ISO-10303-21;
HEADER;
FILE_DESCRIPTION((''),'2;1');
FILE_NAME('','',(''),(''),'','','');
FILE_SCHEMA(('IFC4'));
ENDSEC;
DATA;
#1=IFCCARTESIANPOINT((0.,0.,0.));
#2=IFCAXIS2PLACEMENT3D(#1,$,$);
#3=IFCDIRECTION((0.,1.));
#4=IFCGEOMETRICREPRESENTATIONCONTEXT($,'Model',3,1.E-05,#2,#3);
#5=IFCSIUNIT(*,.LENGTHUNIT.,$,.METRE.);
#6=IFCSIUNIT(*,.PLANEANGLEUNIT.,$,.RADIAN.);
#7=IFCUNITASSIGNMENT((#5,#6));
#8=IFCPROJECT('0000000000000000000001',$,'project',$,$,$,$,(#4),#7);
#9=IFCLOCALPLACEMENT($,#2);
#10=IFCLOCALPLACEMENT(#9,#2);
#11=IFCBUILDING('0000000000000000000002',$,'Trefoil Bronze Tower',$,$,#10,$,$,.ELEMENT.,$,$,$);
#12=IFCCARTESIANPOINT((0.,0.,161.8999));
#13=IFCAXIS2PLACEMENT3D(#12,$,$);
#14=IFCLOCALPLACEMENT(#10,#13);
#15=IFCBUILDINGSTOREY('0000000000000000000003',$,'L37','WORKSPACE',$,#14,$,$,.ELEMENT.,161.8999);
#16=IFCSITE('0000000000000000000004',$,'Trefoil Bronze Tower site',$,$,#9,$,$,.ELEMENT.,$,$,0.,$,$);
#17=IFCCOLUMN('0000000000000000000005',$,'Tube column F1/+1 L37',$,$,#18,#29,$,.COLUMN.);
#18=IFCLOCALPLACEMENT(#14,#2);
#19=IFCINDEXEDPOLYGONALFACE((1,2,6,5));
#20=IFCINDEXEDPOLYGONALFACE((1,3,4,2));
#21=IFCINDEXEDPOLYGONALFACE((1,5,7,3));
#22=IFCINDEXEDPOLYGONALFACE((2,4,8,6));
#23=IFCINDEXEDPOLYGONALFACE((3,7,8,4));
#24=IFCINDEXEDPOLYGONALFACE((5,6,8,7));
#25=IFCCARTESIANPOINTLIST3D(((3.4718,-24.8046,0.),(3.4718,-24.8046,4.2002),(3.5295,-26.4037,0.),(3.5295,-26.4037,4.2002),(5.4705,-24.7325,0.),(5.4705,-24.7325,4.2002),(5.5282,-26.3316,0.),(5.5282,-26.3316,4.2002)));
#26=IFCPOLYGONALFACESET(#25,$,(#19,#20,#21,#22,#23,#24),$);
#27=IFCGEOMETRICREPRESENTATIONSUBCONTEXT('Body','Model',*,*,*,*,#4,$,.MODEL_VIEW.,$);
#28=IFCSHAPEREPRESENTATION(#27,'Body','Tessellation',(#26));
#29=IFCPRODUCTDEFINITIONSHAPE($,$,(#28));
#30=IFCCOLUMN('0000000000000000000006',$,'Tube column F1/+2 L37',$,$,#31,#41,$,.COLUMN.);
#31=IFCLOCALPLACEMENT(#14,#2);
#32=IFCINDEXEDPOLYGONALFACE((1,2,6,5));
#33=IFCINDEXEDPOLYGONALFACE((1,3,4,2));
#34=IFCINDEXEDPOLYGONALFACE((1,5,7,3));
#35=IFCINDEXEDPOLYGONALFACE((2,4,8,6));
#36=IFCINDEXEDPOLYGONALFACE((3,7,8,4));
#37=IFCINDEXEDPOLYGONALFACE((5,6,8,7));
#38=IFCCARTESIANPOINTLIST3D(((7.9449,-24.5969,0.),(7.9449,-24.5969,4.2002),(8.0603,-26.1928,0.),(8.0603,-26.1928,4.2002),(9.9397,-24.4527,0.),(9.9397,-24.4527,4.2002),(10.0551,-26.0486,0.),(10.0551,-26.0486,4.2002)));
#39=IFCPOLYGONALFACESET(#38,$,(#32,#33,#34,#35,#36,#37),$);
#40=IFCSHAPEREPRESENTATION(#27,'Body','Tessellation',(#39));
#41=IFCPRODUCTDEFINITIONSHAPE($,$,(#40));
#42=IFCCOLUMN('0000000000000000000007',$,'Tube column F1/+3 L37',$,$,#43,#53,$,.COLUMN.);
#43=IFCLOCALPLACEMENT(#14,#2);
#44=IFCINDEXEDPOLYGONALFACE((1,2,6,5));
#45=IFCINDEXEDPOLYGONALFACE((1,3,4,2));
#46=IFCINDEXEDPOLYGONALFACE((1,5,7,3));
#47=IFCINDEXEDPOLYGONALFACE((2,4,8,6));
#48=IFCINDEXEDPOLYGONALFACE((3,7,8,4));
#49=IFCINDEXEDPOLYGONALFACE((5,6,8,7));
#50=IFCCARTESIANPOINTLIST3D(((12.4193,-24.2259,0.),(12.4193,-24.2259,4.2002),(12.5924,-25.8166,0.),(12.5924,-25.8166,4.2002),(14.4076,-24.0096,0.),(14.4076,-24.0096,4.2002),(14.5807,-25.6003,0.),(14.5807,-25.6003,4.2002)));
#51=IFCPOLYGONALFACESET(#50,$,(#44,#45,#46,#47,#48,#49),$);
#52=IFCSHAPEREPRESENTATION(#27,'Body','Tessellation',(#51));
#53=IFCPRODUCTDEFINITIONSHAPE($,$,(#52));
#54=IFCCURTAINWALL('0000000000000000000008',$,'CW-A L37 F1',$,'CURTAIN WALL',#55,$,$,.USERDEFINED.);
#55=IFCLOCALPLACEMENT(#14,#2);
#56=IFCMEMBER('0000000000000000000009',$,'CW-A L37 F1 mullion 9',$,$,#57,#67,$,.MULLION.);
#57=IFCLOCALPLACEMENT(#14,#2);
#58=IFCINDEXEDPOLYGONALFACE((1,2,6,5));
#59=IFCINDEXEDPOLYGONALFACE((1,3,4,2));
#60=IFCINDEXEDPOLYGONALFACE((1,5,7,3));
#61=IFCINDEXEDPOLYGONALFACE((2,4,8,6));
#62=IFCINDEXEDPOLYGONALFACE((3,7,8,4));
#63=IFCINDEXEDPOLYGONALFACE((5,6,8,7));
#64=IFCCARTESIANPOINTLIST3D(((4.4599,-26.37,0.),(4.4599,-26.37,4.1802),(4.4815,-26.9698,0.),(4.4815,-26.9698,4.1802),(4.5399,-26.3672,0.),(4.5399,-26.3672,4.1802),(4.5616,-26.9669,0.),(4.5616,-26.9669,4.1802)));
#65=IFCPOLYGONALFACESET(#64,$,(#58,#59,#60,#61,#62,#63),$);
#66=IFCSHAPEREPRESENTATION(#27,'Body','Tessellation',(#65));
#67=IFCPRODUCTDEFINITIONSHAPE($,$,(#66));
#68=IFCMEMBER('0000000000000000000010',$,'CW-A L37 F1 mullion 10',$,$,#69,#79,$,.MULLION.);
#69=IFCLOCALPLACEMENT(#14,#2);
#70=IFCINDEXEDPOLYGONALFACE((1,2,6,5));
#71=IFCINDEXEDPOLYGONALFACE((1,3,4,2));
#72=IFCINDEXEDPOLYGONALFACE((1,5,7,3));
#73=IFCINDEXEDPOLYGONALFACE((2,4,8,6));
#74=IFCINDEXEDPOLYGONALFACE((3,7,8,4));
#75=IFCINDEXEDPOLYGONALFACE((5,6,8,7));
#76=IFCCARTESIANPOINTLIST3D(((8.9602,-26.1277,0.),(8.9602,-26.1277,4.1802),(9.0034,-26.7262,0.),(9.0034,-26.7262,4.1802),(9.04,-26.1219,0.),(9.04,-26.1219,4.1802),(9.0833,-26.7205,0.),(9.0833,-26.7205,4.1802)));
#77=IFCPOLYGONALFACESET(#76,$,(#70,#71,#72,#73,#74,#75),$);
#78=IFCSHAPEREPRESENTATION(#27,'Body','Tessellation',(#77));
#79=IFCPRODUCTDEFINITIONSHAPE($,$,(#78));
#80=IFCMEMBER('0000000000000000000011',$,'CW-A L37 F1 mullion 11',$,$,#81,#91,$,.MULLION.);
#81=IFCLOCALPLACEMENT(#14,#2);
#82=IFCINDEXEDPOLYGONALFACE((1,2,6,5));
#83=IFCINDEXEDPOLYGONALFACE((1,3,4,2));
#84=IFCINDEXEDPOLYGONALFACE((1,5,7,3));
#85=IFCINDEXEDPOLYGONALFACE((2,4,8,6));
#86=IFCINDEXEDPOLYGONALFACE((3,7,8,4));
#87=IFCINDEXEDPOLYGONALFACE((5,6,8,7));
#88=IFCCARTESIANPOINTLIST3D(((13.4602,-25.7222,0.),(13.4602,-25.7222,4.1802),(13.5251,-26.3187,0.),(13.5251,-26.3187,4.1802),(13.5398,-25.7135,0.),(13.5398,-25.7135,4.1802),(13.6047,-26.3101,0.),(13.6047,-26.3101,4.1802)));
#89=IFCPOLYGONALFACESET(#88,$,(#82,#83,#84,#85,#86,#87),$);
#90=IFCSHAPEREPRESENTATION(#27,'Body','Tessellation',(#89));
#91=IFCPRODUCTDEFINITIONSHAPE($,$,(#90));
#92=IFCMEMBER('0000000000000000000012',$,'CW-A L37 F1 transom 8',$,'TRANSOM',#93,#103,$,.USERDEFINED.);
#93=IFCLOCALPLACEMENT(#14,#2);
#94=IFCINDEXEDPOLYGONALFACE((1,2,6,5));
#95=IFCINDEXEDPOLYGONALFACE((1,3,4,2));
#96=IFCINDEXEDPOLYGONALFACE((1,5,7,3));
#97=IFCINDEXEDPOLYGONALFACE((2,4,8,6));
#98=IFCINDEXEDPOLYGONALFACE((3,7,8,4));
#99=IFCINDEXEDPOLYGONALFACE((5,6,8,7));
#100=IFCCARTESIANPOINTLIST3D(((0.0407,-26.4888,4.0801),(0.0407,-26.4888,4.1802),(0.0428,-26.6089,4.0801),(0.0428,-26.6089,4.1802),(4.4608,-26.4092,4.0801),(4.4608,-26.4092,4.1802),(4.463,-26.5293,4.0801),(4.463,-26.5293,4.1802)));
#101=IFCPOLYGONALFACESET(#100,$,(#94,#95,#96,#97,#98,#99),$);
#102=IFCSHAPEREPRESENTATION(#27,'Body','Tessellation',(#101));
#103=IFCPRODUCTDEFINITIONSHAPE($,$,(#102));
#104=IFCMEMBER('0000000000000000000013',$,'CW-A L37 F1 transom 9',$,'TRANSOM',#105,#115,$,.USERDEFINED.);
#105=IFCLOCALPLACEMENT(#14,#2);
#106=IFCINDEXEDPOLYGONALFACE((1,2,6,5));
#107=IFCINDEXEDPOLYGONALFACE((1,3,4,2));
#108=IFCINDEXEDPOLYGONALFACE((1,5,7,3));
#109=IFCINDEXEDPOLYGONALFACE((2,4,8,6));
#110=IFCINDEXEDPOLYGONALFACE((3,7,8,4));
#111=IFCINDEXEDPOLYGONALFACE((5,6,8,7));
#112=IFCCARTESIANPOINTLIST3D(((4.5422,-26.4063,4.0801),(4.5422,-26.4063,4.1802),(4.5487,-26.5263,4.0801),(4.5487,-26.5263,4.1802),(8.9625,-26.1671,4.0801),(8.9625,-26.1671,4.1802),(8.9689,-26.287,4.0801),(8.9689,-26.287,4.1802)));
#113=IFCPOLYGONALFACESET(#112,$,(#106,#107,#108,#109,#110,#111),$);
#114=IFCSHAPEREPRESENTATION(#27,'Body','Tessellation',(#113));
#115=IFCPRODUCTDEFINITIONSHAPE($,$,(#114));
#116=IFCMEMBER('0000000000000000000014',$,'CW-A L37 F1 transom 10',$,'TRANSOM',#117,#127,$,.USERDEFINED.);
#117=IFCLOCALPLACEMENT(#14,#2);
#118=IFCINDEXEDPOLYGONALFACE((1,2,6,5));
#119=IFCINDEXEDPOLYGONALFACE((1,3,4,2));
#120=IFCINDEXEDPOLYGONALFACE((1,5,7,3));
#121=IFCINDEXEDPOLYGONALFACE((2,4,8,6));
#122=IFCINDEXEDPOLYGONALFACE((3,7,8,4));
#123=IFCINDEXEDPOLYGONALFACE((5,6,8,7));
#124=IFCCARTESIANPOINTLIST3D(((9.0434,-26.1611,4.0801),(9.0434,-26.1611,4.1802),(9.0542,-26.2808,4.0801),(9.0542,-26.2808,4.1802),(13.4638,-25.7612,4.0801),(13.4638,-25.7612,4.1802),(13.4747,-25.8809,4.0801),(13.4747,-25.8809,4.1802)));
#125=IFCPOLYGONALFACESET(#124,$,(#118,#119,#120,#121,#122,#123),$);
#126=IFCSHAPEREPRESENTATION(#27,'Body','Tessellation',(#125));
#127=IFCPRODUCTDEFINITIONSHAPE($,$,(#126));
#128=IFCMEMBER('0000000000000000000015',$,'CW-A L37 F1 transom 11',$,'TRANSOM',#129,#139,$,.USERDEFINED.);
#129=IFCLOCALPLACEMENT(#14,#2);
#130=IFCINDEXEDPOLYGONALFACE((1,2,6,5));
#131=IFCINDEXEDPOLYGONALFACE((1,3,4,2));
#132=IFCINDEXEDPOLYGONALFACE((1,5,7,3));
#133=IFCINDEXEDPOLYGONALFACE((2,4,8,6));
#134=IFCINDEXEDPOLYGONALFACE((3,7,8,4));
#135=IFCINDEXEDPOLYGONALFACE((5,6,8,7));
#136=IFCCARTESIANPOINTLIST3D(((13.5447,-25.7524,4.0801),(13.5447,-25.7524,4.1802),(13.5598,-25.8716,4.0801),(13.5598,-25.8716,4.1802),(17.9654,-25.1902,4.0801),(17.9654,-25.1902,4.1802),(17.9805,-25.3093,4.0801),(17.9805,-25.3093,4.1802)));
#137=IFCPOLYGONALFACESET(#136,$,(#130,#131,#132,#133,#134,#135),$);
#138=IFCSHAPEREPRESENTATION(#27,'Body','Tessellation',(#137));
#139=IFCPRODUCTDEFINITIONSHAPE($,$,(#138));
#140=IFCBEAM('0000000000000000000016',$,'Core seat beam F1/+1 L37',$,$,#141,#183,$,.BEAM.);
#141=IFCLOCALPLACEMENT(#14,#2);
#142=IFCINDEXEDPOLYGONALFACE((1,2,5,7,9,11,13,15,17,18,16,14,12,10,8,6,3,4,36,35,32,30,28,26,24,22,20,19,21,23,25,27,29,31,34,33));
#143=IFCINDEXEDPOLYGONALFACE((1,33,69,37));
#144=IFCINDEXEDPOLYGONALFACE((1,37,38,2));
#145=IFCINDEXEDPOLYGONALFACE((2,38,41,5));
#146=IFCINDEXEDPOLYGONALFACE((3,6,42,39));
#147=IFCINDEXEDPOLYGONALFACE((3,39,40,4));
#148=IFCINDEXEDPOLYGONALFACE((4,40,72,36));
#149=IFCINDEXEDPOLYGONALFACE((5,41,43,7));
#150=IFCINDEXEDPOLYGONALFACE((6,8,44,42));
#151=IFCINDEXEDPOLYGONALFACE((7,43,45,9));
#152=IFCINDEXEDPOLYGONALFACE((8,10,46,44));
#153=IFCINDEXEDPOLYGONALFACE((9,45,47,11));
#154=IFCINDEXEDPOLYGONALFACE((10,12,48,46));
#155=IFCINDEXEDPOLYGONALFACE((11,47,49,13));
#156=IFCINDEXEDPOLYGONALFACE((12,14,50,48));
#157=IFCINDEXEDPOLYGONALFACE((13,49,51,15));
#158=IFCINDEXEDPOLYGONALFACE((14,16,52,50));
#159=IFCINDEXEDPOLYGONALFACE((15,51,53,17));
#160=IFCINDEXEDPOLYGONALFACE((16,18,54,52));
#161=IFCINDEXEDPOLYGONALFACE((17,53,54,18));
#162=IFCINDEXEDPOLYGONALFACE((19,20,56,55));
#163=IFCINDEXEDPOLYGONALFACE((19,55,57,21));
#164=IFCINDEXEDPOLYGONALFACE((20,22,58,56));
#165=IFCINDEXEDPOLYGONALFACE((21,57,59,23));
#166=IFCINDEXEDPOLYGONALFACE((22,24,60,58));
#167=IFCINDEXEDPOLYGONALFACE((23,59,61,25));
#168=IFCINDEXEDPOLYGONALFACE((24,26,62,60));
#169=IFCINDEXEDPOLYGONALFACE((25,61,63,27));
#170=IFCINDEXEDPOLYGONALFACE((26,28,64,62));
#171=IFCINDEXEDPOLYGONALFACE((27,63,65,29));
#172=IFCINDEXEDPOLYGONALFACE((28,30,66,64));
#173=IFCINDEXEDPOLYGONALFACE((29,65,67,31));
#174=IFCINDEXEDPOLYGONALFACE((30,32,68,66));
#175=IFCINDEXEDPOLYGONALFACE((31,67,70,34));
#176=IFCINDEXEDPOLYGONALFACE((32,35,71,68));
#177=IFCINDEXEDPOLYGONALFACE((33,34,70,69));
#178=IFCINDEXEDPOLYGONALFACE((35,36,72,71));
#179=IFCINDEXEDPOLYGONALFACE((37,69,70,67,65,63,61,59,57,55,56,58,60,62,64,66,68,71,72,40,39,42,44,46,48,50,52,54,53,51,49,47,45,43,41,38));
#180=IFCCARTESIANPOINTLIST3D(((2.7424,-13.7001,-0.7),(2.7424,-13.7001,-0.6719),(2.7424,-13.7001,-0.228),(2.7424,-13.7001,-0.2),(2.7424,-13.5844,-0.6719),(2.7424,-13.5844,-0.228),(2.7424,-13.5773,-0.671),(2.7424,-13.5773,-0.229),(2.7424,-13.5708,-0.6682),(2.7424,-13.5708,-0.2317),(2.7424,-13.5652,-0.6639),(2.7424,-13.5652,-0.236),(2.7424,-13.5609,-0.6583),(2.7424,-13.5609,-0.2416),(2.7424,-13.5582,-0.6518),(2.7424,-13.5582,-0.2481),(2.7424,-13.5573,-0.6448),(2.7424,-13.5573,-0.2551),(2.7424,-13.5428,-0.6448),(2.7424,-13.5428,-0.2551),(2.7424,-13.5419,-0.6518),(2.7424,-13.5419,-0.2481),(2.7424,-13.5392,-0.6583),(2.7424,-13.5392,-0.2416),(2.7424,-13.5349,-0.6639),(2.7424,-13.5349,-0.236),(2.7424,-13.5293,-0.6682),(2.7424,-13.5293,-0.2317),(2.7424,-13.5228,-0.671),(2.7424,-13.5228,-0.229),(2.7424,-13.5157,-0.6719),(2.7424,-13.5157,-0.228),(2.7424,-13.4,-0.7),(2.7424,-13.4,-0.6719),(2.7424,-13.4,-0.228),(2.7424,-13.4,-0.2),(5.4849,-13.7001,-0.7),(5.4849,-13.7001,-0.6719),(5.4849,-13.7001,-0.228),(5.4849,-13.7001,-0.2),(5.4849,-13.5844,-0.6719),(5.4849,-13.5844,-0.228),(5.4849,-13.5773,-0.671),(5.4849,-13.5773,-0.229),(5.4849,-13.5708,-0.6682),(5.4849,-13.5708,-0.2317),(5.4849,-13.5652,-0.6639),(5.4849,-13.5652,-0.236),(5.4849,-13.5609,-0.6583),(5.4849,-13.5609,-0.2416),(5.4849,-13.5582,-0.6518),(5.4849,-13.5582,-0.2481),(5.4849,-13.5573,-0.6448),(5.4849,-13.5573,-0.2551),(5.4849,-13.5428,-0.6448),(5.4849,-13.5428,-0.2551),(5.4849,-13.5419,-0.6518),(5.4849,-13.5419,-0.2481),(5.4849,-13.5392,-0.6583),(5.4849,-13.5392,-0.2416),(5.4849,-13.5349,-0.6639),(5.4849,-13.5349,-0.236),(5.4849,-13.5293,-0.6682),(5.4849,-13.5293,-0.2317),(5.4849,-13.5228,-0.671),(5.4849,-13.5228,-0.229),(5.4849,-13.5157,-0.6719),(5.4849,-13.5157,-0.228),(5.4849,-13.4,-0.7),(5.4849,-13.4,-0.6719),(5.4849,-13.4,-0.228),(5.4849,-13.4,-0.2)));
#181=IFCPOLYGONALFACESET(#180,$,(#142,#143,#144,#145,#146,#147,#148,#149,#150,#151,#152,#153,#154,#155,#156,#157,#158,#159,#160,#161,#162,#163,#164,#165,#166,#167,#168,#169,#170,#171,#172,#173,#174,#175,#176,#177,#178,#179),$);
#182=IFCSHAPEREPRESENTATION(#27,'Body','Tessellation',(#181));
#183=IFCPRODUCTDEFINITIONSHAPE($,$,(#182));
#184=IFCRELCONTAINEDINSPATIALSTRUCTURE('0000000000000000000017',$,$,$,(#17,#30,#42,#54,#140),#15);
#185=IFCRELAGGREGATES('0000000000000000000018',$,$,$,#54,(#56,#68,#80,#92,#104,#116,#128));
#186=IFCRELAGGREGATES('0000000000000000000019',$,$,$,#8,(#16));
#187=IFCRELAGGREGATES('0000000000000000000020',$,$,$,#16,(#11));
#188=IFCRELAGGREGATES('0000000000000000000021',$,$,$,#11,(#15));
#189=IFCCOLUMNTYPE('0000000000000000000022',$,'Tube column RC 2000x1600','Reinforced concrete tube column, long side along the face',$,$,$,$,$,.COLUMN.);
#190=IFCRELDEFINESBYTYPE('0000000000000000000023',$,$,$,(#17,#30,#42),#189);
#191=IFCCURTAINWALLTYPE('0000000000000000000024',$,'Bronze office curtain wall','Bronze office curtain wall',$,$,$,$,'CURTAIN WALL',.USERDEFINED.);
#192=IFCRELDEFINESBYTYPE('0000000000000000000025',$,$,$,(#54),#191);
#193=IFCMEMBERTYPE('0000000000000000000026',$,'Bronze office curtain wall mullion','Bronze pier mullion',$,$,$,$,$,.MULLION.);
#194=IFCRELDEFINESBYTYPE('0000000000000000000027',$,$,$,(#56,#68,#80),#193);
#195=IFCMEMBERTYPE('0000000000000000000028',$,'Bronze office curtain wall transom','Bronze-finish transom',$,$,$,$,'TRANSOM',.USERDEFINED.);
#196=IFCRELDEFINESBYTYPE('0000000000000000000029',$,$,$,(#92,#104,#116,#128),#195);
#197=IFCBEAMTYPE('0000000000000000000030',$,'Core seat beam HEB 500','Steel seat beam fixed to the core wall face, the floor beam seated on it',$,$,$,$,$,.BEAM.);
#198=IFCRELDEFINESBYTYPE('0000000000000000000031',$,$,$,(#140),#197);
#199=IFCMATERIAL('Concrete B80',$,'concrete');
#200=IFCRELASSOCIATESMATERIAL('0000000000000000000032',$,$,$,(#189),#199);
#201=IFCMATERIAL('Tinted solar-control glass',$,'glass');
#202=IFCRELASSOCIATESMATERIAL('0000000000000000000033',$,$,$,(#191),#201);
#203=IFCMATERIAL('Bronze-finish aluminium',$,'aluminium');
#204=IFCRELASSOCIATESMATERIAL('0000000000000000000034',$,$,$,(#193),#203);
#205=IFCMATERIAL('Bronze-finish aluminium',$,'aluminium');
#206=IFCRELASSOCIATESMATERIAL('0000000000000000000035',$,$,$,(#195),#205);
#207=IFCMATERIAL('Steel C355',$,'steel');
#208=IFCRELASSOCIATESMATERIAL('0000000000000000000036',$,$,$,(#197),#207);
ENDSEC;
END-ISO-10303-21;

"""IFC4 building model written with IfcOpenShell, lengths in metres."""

from ifc_helpers import new_model, si_unit, direction, frame, origin, origin_2d, place, context, subcontext, project, spatial, rectangle, i_section, extrude, material, material_profile, profile_set, type_object, element, aggregate, save


model = new_model("IFC4")

# Units and contexts
model_context = context("Model", 3, precision=1e-05, world=origin(), true_north=direction((0.0, 1.0)))
body_context = subcontext(model_context, "Body", "Model", "MODEL_VIEW")
ifc_project = project(units=[si_unit("LENGTHUNIT", "METRE"), si_unit("PLANEANGLEUNIT", "RADIAN")], contexts=[model_context])

# Site, building, storey
site_placement = place(None, origin())
site = spatial("IfcSite", under=ifc_project, at=site_placement, Name="Trefoil Bronze Tower site", CompositionType="ELEMENT", RefElevation=0.0)
building_placement = place(site_placement, origin())
building = spatial("IfcBuilding", under=site, at=building_placement, Name="Trefoil Bronze Tower", CompositionType="ELEMENT")
storey_placement = place(building_placement, frame((0.0, 0.0, 161.8999)))
storey = spatial("IfcBuildingStorey", under=building, at=storey_placement, Name="L37", Description="WORKSPACE", CompositionType="ELEMENT", Elevation=161.8999)

# Columns
ifc_material_1 = material(Name="Concrete B80", Category="concrete")
ifc_material_profile_1 = material_profile(ifc_material_1, rectangle(XDim=2.0, YDim=1.6001, at=origin_2d()), Name="RC 2000x1600")
ifc_profile_set_1 = profile_set([ifc_material_profile_1], Name="Concrete B80")
column_type = type_object("IfcColumnType", Name="Tube column RC 2000x1600", Description="Reinforced concrete tube column, long side along the face", PredefinedType="COLUMN", material=ifc_profile_set_1)
for number, where, z_axis, x_axis, name in (
    (1, (4.5, -25.5681, 0.0), (0.0, 0.0, 1.0), (0.99935, 0.036048, 0.0), "Tube column F1/+1 L37"),
    (2, (9.0, -25.3228, 0.0), (0.0, 0.0, 1.0), (0.997398, 0.072096, 0.0), "Tube column F1/+2 L37"),
    (3, (13.5, -24.9131, 0.0), (0.0, 0.0, 1.0), (0.994135, 0.108144, 0.0), "Tube column F1/+3 L37"),
):
    element("IfcColumn", number, at=place(storey_placement, frame(where, z_axis=z_axis, x_axis=x_axis)), inside=storey, type_object=column_type, Name=name, PredefinedType="COLUMN", context=body_context, shape_type="SweptSolid", body=[
        extrude(rectangle(XDim=2.0, YDim=1.6001, at=origin_2d()), origin(), (0.0, 0.0, 1.0), 4.2002),
    ])

# Curtain wall, members
ifc_material_2 = material(Name="Tinted solar-control glass", Category="glass")
curtain_wall_type = type_object("IfcCurtainWallType", Name="Bronze office curtain wall", Description="Bronze office curtain wall", ElementType="CURTAIN WALL", PredefinedType="USERDEFINED", material=ifc_material_2)
curtain_wall_placement = place(storey_placement, origin())
curtain_wall = element("IfcCurtainWall", 4, at=curtain_wall_placement, inside=storey, type_object=curtain_wall_type, Name="CW-A L37 F1", ObjectType="CURTAIN WALL", PredefinedType="USERDEFINED")
ifc_material_3 = material(Name="Bronze-finish aluminium", Category="aluminium")
ifc_material_profile_2 = material_profile(ifc_material_3, rectangle(XDim=0.6001, YDim=0.0801, at=origin_2d()), Name="CW-A mullion")
ifc_profile_set_2 = profile_set([ifc_material_profile_2], Name="Bronze-finish aluminium")
member_type_1 = type_object("IfcMemberType", Name="Bronze office curtain wall mullion", Description="Bronze pier mullion", PredefinedType="MULLION", material=ifc_profile_set_2)
member_1_placement = place(storey_placement, frame((4.5107, -26.6685, 0.0), z_axis=(0.0, 0.0, 1.0), x_axis=(-0.036048, 0.99935, 0.0)))
member_1 = element("IfcMember", 5, at=member_1_placement, type_object=member_type_1, Name="CW-A L37 F1 mullion 9", PredefinedType="MULLION", context=body_context, shape_type="SweptSolid", body=[
    extrude(rectangle(XDim=0.6001, YDim=0.0801, at=origin_2d()), origin(), (0.0, 0.0, 1.0), 4.1802),
])
member_2_placement = place(storey_placement, frame((9.0217, -26.4241, 0.0), z_axis=(0.0, 0.0, 1.0), x_axis=(-0.072096, 0.997398, 0.0)))
member_2 = element("IfcMember", 6, at=member_2_placement, type_object=member_type_1, Name="CW-A L37 F1 mullion 10", PredefinedType="MULLION", context=body_context, shape_type="SweptSolid", body=[
    extrude(rectangle(XDim=0.6001, YDim=0.0801, at=origin_2d()), origin(), (0.0, 0.0, 1.0), 4.1802),
])
member_3_placement = place(storey_placement, frame((13.5325, -26.0161, 0.0), z_axis=(0.0, 0.0, 1.0), x_axis=(-0.108144, 0.994135, 0.0)))
member_3 = element("IfcMember", 7, at=member_3_placement, type_object=member_type_1, Name="CW-A L37 F1 mullion 11", PredefinedType="MULLION", context=body_context, shape_type="SweptSolid", body=[
    extrude(rectangle(XDim=0.6001, YDim=0.0801, at=origin_2d()), origin(), (0.0, 0.0, 1.0), 4.1802),
])
ifc_material_4 = material(Name="Bronze-finish aluminium", Category="aluminium")
ifc_material_profile_3 = material_profile(ifc_material_4, rectangle(XDim=0.1201, YDim=0.1001, at=origin_2d()), Name="CW-A transom")
ifc_profile_set_3 = profile_set([ifc_material_profile_3], Name="Bronze-finish aluminium")
member_type_2 = type_object("IfcMemberType", Name="Bronze office curtain wall transom", Description="Bronze-finish transom", ElementType="TRANSOM", PredefinedType="USERDEFINED", material=ifc_profile_set_3)
member_4_placement = place(storey_placement, frame((0.0417, -26.5488, 4.1301), z_axis=(0.999838, 0.018003, 0.0), x_axis=(-0.018003, 0.999838, 0.0)))
member_4 = element("IfcMember", 8, at=member_4_placement, type_object=member_type_2, Name="CW-A L37 F1 transom 8", ObjectType="TRANSOM", PredefinedType="USERDEFINED", context=body_context, shape_type="SweptSolid", body=[
    extrude(rectangle(XDim=0.1201, YDim=0.1001, at=origin_2d()), origin(), (0.0, 0.0, 1.0), 4.4209),
])
member_5_placement = place(storey_placement, frame((4.5454, -26.4663, 4.1301), z_axis=(0.998538, 0.05405, 0.0), x_axis=(-0.05405, 0.998538, 0.0)))
member_5 = element("IfcMember", 9, at=member_5_placement, type_object=member_type_2, Name="CW-A L37 F1 transom 9", ObjectType="TRANSOM", PredefinedType="USERDEFINED", context=body_context, shape_type="SweptSolid", body=[
    extrude(rectangle(XDim=0.1201, YDim=0.1001, at=origin_2d()), origin(), (0.0, 0.0, 1.0), 4.4268),
])
member_6_placement = place(storey_placement, frame((9.0488, -26.2209, 4.1301), z_axis=(0.995933, 0.090099, 0.0), x_axis=(-0.090099, 0.995933, 0.0)))
member_6 = element("IfcMember", 10, at=member_6_placement, type_object=member_type_2, Name="CW-A L37 F1 transom 10", ObjectType="TRANSOM", PredefinedType="USERDEFINED", context=body_context, shape_type="SweptSolid", body=[
    extrude(rectangle(XDim=0.1201, YDim=0.1001, at=origin_2d()), origin(), (0.0, 0.0, 1.0), 4.4385),
])
member_7_placement = place(storey_placement, frame((13.5522, -25.812, 4.1301), z_axis=(0.992008, 0.126172, 0.0), x_axis=(-0.126172, 0.992008, 0.0)))
member_7 = element("IfcMember", 11, at=member_7_placement, type_object=member_type_2, Name="CW-A L37 F1 transom 11", ObjectType="TRANSOM", PredefinedType="USERDEFINED", context=body_context, shape_type="SweptSolid", body=[
    extrude(rectangle(XDim=0.1201, YDim=0.1001, at=origin_2d()), origin(), (0.0, 0.0, 1.0), 4.4563),
])

# Beam
ifc_material_5 = material(Name="Steel C355", Category="steel")
ifc_material_profile_4 = material_profile(ifc_material_5, i_section(OverallWidth=0.3, OverallDepth=0.5, WebThickness=0.0144, FlangeThickness=0.0281, FilletRadius=0.0271, at=origin_2d()), Name="HEB 500")
ifc_profile_set_4 = profile_set([ifc_material_profile_4], Name="Steel C355")
beam_type_1 = type_object("IfcBeamType", Name="Core seat beam HEB 500", Description="Steel seat beam fixed to the core wall face, the floor beam seated on it", PredefinedType="BEAM", material=ifc_profile_set_4)
for number, where, z_axis, x_axis, name in (
    (12, (2.7424, -13.55, -0.45), (1.0, 0.0, 0.0), (0.0, 1.0, 0.0), "Core seat beam F1/+1 L37"),
):
    element("IfcBeam", number, at=place(storey_placement, frame(where, z_axis=z_axis, x_axis=x_axis)), inside=storey, type_object=beam_type_1, Name=name, PredefinedType="BEAM", context=body_context, shape_type="SweptSolid", body=[
        extrude(i_section(OverallWidth=0.3, OverallDepth=0.5, WebThickness=0.0144, FlangeThickness=0.0281, FilletRadius=0.0271, at=origin_2d()), origin(), (0.0, 0.0, 1.0), 2.7424),
    ])

aggregate(curtain_wall, [member_1, member_2, member_3, member_4, member_5, member_6, member_7])

save(model, "model.ifc")
